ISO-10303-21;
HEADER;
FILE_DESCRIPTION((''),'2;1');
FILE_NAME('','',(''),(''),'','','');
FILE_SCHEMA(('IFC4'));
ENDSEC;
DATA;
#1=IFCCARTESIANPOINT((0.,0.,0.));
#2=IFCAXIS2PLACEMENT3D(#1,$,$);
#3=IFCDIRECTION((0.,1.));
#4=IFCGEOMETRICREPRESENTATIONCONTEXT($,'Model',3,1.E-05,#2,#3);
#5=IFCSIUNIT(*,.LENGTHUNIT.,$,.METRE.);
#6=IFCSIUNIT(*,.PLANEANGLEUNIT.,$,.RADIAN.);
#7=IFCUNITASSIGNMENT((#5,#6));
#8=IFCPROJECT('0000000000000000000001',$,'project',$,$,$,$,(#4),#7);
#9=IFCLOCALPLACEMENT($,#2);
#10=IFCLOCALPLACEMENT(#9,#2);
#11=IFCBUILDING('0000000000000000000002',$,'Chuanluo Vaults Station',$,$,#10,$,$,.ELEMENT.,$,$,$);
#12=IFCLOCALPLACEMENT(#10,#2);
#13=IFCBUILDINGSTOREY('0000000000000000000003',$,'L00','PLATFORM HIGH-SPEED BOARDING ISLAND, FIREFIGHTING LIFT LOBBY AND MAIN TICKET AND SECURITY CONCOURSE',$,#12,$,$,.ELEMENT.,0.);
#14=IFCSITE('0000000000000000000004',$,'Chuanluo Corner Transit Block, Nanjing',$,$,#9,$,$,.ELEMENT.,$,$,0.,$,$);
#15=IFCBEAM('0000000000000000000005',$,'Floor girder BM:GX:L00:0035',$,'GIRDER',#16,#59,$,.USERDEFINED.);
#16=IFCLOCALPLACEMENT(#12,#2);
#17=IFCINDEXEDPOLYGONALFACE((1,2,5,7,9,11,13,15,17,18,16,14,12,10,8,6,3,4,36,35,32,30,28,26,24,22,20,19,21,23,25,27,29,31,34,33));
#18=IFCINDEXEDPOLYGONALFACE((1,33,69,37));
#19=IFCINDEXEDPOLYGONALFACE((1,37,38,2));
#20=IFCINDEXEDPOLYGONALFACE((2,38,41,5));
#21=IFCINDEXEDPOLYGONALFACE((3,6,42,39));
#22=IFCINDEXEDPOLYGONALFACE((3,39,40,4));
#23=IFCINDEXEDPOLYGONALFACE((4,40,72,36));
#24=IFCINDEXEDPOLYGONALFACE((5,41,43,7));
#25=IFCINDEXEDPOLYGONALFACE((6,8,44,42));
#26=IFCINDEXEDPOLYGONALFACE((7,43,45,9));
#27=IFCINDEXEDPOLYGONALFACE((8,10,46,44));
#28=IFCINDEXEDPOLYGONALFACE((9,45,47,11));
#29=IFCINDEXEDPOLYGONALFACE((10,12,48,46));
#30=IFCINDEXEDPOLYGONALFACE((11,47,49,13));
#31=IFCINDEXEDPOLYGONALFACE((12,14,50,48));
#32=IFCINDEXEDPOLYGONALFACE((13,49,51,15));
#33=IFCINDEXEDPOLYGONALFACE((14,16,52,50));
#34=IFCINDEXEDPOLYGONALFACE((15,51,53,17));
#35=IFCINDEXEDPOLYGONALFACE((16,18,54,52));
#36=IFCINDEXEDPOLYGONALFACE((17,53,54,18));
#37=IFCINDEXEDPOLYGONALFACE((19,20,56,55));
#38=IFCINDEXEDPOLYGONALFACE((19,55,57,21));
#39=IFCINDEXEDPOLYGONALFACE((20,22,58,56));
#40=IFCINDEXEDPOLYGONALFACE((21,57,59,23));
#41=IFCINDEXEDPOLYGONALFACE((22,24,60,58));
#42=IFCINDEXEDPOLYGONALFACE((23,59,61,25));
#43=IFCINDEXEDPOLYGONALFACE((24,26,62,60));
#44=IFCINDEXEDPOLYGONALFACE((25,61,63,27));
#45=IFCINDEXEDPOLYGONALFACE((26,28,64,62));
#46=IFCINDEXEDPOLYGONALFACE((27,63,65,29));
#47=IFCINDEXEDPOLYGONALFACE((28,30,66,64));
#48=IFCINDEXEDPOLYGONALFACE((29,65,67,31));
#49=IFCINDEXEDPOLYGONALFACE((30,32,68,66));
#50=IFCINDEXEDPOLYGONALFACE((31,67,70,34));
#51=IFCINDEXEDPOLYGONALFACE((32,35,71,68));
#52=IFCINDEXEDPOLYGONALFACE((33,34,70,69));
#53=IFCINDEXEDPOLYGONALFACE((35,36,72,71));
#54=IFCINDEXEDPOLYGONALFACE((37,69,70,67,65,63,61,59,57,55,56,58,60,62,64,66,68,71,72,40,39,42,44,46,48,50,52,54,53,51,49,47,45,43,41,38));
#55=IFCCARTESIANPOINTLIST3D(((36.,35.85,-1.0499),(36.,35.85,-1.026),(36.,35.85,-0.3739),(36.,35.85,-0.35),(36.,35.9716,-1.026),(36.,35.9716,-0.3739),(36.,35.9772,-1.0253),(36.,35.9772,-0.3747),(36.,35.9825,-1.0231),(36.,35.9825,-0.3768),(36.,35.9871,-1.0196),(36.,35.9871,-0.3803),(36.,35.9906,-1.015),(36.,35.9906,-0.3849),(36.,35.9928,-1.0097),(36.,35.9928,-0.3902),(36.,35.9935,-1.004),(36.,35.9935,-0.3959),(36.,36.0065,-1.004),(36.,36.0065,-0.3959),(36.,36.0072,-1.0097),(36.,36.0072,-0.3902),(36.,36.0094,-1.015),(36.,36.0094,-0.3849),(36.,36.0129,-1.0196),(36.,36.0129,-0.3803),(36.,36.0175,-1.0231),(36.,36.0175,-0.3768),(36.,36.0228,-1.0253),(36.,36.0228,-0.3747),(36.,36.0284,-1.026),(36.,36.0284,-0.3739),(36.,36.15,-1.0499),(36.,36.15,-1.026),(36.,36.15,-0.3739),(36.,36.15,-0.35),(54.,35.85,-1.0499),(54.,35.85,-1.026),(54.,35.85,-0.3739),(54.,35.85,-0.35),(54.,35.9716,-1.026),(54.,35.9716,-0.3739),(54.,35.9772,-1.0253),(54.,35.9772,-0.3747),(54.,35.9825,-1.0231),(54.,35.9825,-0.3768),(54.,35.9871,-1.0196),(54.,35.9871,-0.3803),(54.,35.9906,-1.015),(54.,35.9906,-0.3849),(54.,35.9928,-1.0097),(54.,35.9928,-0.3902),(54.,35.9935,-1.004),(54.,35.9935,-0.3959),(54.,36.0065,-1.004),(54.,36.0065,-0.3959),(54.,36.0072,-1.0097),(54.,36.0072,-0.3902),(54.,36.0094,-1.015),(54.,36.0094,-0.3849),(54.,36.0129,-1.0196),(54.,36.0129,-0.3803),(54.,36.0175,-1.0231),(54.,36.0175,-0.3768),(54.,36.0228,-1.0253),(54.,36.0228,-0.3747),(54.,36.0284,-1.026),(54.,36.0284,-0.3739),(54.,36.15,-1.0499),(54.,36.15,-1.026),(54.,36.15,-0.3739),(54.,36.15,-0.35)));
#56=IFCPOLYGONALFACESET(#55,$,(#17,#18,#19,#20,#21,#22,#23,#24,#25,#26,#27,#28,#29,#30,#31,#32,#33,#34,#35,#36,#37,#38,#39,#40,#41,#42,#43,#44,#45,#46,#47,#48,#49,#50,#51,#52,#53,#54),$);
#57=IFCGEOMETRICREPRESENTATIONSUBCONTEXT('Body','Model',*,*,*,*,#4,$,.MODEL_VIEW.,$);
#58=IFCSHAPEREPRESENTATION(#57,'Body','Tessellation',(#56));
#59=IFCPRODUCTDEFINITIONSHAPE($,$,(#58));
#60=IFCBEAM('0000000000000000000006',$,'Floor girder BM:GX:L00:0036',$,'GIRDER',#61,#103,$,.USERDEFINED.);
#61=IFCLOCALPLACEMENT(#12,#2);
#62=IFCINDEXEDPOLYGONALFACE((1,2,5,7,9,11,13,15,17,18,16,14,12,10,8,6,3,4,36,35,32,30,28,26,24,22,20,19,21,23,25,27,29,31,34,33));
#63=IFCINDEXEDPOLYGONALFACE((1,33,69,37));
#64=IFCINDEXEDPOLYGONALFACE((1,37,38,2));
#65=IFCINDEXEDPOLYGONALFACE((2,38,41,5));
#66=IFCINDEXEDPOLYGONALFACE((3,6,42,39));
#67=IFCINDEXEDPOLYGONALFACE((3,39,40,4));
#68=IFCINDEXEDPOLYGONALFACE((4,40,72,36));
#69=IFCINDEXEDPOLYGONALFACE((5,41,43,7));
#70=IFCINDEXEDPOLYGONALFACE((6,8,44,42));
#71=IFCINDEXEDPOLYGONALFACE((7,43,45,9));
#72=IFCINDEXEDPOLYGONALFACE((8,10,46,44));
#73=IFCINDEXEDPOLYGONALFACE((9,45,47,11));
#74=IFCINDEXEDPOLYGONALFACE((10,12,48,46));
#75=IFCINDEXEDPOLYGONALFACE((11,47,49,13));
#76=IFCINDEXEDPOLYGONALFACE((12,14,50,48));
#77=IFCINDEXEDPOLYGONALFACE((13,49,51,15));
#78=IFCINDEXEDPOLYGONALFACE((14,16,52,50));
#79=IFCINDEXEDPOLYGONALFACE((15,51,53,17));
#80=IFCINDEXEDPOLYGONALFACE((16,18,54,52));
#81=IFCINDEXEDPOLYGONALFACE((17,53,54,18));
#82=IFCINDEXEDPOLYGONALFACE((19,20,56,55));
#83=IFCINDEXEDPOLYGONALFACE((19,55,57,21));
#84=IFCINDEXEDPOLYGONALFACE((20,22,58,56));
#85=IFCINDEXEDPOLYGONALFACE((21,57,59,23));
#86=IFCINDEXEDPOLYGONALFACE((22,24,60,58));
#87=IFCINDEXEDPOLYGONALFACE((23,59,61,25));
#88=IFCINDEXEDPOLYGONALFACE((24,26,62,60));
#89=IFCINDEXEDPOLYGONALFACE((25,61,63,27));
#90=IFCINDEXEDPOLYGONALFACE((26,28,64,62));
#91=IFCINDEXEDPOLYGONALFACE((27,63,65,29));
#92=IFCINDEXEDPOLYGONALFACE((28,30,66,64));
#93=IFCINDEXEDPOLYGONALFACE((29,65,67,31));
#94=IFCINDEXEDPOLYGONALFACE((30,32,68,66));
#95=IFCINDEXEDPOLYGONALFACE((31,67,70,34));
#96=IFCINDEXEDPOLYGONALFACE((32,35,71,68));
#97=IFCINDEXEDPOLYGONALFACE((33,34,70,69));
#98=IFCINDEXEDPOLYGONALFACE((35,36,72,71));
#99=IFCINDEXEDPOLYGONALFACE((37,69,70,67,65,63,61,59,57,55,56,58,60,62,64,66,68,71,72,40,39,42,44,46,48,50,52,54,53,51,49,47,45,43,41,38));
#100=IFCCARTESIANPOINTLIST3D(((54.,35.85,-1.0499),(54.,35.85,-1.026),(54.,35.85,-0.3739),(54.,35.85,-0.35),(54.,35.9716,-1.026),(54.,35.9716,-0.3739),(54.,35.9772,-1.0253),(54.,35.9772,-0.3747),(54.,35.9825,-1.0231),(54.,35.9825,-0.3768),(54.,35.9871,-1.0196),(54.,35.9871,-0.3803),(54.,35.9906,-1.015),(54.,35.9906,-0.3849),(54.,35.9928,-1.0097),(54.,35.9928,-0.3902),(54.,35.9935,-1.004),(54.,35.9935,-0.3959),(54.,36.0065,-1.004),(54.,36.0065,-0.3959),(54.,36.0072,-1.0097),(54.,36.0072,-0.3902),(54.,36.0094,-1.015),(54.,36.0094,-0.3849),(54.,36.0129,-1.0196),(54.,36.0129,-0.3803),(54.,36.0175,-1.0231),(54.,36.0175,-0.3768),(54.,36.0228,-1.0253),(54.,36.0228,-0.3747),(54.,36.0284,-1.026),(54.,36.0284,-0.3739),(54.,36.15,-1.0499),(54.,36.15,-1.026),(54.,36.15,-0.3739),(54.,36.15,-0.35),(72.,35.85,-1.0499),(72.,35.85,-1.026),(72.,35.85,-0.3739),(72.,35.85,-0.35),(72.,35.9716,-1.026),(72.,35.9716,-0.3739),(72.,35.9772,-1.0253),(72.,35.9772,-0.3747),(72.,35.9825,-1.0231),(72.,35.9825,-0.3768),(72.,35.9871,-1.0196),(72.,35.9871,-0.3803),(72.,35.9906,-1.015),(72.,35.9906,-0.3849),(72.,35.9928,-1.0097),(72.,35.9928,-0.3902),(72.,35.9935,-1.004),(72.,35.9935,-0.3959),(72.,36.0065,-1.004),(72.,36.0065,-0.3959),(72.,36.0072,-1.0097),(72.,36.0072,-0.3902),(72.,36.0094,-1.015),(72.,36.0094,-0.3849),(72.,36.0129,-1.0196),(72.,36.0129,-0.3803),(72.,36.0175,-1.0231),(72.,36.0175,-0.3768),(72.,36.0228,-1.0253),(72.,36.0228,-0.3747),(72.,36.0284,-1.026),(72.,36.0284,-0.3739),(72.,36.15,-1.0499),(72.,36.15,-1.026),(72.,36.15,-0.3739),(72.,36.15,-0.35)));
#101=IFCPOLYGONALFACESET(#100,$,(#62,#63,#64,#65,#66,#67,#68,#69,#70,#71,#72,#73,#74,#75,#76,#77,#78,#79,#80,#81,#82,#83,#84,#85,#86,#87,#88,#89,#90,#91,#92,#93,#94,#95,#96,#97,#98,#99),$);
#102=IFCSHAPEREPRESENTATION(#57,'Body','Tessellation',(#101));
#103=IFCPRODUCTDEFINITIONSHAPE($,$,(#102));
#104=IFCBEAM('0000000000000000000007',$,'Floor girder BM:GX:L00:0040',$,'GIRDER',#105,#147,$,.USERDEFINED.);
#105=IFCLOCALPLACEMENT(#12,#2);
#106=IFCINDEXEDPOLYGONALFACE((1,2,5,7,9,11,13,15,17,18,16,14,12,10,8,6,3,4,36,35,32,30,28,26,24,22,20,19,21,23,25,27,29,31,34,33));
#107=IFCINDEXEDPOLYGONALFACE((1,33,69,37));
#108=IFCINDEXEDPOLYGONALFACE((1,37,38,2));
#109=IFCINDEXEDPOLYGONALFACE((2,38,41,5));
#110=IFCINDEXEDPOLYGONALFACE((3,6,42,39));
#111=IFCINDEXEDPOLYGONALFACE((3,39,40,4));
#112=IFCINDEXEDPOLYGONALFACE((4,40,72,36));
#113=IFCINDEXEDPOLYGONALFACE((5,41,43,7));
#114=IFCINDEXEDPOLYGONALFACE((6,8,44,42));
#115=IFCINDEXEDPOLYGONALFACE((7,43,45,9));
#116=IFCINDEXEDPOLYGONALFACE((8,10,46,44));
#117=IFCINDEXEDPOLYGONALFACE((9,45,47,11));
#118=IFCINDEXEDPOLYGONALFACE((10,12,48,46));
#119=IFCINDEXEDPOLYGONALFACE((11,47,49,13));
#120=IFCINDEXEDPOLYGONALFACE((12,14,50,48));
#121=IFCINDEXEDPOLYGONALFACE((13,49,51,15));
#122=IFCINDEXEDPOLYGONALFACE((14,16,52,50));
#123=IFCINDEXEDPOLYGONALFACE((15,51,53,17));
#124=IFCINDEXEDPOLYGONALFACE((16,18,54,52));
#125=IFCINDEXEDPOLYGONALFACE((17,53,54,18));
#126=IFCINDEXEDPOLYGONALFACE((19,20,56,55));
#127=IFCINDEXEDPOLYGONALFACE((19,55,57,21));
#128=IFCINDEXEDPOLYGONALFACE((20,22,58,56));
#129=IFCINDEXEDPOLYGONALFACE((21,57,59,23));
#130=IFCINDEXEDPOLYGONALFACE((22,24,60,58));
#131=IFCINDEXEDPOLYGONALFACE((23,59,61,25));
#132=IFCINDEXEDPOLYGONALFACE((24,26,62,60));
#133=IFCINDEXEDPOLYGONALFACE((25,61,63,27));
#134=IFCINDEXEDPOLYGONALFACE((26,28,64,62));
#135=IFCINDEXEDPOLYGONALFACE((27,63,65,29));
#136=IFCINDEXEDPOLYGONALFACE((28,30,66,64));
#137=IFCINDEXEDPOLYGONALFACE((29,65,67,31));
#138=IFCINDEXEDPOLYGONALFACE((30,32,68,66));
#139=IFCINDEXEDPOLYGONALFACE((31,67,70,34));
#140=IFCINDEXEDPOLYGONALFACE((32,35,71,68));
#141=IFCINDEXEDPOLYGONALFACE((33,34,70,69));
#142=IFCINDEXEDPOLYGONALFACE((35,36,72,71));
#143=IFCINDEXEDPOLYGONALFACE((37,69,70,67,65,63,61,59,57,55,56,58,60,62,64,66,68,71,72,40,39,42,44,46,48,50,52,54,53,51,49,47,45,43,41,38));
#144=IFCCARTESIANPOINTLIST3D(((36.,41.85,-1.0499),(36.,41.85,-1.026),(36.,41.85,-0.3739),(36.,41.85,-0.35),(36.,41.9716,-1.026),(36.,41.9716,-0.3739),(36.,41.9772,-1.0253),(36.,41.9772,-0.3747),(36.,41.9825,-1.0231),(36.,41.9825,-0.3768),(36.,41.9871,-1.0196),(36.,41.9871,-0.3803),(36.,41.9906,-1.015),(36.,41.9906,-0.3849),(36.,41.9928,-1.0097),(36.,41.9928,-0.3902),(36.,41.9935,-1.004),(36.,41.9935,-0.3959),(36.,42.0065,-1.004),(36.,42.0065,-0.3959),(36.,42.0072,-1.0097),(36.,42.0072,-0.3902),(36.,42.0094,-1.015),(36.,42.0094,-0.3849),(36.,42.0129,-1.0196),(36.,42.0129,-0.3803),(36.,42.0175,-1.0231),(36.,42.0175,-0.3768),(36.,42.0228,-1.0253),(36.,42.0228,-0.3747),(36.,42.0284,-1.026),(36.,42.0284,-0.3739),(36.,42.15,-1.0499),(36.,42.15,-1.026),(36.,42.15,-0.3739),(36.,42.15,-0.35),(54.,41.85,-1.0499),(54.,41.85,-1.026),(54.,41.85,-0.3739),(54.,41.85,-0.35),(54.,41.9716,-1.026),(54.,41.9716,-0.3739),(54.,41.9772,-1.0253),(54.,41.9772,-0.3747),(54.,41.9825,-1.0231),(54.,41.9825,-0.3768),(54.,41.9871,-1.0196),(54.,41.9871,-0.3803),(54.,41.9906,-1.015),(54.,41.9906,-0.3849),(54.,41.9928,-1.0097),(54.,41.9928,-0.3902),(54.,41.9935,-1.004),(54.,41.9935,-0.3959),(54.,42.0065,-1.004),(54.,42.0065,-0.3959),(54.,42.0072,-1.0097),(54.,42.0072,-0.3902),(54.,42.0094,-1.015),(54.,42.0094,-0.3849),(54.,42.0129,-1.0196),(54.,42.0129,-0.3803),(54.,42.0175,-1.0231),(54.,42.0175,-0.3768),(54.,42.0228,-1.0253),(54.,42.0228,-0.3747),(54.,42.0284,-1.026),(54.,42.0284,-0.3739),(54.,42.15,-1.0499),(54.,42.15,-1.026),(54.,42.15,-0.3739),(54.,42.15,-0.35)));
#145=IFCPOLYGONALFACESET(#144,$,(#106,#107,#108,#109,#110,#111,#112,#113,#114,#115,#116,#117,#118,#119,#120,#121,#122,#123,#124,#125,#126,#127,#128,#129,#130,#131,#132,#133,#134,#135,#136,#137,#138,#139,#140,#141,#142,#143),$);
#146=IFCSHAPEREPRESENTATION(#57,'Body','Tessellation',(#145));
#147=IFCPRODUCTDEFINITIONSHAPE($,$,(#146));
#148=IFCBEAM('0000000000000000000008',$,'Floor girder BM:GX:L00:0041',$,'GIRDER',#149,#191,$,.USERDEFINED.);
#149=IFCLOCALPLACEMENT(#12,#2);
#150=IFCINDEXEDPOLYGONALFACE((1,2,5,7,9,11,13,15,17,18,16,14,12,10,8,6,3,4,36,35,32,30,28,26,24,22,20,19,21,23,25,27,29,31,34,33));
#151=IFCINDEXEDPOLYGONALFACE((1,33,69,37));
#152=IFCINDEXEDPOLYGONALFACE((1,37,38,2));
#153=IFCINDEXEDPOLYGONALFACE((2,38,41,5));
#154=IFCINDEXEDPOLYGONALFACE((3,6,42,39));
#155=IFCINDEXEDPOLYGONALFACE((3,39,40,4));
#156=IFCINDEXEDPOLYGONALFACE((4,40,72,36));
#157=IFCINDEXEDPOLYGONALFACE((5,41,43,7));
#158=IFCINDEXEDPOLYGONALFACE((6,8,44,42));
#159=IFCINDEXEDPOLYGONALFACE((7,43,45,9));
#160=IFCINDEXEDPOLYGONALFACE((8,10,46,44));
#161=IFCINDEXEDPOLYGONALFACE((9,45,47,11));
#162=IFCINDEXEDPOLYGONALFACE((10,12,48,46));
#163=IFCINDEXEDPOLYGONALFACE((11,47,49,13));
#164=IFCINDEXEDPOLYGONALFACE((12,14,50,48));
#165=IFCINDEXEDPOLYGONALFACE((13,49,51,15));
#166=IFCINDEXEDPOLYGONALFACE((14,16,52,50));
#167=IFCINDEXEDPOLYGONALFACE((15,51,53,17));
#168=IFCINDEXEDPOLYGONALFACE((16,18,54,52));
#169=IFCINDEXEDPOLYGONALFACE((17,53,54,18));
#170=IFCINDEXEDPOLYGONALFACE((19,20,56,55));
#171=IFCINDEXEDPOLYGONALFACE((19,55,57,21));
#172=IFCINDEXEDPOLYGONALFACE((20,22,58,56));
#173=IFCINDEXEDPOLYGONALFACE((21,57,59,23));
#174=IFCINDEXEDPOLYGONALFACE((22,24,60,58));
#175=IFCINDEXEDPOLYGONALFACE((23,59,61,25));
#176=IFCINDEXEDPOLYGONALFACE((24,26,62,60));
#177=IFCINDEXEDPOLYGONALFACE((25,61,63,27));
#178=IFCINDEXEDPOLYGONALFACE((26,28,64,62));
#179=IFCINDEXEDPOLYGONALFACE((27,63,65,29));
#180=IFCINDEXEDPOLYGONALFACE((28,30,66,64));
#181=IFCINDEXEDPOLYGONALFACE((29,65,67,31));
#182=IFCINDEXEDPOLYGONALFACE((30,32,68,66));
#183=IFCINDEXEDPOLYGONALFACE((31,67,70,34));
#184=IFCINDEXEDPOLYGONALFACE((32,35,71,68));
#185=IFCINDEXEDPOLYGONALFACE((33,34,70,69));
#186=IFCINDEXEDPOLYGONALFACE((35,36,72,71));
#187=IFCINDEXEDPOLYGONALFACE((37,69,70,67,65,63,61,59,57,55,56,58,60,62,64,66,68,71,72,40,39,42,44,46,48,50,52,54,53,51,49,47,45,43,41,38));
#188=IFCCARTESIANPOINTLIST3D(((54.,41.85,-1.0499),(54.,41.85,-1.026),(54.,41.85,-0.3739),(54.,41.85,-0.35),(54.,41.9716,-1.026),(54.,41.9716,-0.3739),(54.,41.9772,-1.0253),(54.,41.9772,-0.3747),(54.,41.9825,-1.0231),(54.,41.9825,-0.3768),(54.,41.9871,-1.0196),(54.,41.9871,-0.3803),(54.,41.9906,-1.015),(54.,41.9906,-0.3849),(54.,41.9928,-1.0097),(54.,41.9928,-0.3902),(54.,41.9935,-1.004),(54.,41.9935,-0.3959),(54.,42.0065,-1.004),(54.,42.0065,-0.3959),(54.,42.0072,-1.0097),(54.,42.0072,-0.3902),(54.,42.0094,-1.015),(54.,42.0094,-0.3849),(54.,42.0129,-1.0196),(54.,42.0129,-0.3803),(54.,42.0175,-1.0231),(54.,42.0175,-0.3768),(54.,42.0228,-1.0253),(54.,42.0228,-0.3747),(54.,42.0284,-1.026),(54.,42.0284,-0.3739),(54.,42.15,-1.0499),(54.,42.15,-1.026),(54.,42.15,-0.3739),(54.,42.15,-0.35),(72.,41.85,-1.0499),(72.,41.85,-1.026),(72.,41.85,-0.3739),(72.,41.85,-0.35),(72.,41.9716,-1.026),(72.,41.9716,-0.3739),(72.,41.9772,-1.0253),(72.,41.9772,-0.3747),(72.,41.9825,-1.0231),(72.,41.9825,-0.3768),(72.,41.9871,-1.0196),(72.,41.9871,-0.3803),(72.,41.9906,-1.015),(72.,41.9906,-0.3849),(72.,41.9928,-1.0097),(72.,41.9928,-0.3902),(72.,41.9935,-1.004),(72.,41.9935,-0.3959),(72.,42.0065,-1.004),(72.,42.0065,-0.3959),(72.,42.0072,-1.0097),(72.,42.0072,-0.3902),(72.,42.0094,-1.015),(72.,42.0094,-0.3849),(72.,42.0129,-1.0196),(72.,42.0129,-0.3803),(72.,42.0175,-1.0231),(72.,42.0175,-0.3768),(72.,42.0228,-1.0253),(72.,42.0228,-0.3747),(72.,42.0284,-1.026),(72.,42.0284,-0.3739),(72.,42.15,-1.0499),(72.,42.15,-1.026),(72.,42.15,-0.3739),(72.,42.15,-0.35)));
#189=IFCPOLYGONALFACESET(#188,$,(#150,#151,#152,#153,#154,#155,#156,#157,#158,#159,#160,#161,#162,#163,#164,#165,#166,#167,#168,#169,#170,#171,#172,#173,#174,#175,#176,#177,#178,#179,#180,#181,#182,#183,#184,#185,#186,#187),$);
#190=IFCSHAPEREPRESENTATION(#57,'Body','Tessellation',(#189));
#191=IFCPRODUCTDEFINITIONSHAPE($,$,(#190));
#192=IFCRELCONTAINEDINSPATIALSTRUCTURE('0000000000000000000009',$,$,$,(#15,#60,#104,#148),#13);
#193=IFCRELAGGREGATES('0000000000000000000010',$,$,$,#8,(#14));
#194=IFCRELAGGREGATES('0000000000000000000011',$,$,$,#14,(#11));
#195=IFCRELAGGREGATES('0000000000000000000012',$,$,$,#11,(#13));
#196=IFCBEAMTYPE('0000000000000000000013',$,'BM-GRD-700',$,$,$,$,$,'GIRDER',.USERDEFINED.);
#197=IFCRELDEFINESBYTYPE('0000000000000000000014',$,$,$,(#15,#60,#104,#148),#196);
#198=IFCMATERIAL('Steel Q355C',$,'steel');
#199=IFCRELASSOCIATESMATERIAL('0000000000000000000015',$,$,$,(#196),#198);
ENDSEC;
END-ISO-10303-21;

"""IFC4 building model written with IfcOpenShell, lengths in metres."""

from ifc_helpers import new_model, si_unit, direction, frame, origin, origin_2d, place, context, subcontext, project, spatial, i_section, extrude, material, material_profile, profile_set, type_object, element, save


model = new_model("IFC4")

# Units and contexts
model_context = context("Model", 3, precision=1e-05, world=origin(), true_north=direction((0.0, 1.0)))
body_context = subcontext(model_context, "Body", "Model", "MODEL_VIEW")
ifc_project = project(units=[si_unit("LENGTHUNIT", "METRE"), si_unit("PLANEANGLEUNIT", "RADIAN")], contexts=[model_context])

# Site, building, storey
site_placement = place(None, origin())
site = spatial("IfcSite", under=ifc_project, at=site_placement, Name="Chuanluo Corner Transit Block, Nanjing", CompositionType="ELEMENT", RefElevation=0.0)
building_placement = place(site_placement, origin())
building = spatial("IfcBuilding", under=site, at=building_placement, Name="Chuanluo Vaults Station", CompositionType="ELEMENT")
storey_placement = place(building_placement, origin())
storey = spatial("IfcBuildingStorey", under=building, at=storey_placement, Name="L00", Description="PLATFORM HIGH-SPEED BOARDING ISLAND, FIREFIGHTING LIFT LOBBY AND MAIN TICKET AND SECURITY CONCOURSE", CompositionType="ELEMENT", Elevation=0.0)

# Beams
ifc_material_1 = material(Name="Steel Q355C", Category="steel")
ifc_material_profile_1 = material_profile(ifc_material_1, i_section(OverallWidth=0.3, OverallDepth=0.7, WebThickness=0.0129, FlangeThickness=0.0239, FilletRadius=0.022, at=origin_2d()))
ifc_profile_set_1 = profile_set([ifc_material_profile_1], Name="Steel Q355C")
beam_type_1 = type_object("IfcBeamType", Name="BM-GRD-700", ElementType="GIRDER", PredefinedType="USERDEFINED", material=ifc_profile_set_1)
for number, where, z_axis, x_axis, name in (
    (1, (36.0, 36.0, -0.7), (1.0, 0.0, 0.0), (0.0, 1.0, 0.0), "Floor girder BM:GX:L00:0035"),
    (2, (54.0, 36.0, -0.7), (1.0, 0.0, 0.0), (0.0, 1.0, 0.0), "Floor girder BM:GX:L00:0036"),
    (3, (36.0, 42.0, -0.7), (1.0, 0.0, 0.0), (0.0, 1.0, 0.0), "Floor girder BM:GX:L00:0040"),
    (4, (54.0, 42.0, -0.7), (1.0, 0.0, 0.0), (0.0, 1.0, 0.0), "Floor girder BM:GX:L00:0041"),
):
    element("IfcBeam", number, at=place(storey_placement, frame(where, z_axis=z_axis, x_axis=x_axis)), inside=storey, type_object=beam_type_1, Name=name, ObjectType="GIRDER", PredefinedType="USERDEFINED", context=body_context, shape_type="SweptSolid", body=[
        extrude(i_section(OverallWidth=0.3, OverallDepth=0.7, WebThickness=0.0129, FlangeThickness=0.0239, FilletRadius=0.022, at=origin_2d()), origin(), (0.0, 0.0, 1.0), 18.0),
    ])

save(model, "model.ifc")
